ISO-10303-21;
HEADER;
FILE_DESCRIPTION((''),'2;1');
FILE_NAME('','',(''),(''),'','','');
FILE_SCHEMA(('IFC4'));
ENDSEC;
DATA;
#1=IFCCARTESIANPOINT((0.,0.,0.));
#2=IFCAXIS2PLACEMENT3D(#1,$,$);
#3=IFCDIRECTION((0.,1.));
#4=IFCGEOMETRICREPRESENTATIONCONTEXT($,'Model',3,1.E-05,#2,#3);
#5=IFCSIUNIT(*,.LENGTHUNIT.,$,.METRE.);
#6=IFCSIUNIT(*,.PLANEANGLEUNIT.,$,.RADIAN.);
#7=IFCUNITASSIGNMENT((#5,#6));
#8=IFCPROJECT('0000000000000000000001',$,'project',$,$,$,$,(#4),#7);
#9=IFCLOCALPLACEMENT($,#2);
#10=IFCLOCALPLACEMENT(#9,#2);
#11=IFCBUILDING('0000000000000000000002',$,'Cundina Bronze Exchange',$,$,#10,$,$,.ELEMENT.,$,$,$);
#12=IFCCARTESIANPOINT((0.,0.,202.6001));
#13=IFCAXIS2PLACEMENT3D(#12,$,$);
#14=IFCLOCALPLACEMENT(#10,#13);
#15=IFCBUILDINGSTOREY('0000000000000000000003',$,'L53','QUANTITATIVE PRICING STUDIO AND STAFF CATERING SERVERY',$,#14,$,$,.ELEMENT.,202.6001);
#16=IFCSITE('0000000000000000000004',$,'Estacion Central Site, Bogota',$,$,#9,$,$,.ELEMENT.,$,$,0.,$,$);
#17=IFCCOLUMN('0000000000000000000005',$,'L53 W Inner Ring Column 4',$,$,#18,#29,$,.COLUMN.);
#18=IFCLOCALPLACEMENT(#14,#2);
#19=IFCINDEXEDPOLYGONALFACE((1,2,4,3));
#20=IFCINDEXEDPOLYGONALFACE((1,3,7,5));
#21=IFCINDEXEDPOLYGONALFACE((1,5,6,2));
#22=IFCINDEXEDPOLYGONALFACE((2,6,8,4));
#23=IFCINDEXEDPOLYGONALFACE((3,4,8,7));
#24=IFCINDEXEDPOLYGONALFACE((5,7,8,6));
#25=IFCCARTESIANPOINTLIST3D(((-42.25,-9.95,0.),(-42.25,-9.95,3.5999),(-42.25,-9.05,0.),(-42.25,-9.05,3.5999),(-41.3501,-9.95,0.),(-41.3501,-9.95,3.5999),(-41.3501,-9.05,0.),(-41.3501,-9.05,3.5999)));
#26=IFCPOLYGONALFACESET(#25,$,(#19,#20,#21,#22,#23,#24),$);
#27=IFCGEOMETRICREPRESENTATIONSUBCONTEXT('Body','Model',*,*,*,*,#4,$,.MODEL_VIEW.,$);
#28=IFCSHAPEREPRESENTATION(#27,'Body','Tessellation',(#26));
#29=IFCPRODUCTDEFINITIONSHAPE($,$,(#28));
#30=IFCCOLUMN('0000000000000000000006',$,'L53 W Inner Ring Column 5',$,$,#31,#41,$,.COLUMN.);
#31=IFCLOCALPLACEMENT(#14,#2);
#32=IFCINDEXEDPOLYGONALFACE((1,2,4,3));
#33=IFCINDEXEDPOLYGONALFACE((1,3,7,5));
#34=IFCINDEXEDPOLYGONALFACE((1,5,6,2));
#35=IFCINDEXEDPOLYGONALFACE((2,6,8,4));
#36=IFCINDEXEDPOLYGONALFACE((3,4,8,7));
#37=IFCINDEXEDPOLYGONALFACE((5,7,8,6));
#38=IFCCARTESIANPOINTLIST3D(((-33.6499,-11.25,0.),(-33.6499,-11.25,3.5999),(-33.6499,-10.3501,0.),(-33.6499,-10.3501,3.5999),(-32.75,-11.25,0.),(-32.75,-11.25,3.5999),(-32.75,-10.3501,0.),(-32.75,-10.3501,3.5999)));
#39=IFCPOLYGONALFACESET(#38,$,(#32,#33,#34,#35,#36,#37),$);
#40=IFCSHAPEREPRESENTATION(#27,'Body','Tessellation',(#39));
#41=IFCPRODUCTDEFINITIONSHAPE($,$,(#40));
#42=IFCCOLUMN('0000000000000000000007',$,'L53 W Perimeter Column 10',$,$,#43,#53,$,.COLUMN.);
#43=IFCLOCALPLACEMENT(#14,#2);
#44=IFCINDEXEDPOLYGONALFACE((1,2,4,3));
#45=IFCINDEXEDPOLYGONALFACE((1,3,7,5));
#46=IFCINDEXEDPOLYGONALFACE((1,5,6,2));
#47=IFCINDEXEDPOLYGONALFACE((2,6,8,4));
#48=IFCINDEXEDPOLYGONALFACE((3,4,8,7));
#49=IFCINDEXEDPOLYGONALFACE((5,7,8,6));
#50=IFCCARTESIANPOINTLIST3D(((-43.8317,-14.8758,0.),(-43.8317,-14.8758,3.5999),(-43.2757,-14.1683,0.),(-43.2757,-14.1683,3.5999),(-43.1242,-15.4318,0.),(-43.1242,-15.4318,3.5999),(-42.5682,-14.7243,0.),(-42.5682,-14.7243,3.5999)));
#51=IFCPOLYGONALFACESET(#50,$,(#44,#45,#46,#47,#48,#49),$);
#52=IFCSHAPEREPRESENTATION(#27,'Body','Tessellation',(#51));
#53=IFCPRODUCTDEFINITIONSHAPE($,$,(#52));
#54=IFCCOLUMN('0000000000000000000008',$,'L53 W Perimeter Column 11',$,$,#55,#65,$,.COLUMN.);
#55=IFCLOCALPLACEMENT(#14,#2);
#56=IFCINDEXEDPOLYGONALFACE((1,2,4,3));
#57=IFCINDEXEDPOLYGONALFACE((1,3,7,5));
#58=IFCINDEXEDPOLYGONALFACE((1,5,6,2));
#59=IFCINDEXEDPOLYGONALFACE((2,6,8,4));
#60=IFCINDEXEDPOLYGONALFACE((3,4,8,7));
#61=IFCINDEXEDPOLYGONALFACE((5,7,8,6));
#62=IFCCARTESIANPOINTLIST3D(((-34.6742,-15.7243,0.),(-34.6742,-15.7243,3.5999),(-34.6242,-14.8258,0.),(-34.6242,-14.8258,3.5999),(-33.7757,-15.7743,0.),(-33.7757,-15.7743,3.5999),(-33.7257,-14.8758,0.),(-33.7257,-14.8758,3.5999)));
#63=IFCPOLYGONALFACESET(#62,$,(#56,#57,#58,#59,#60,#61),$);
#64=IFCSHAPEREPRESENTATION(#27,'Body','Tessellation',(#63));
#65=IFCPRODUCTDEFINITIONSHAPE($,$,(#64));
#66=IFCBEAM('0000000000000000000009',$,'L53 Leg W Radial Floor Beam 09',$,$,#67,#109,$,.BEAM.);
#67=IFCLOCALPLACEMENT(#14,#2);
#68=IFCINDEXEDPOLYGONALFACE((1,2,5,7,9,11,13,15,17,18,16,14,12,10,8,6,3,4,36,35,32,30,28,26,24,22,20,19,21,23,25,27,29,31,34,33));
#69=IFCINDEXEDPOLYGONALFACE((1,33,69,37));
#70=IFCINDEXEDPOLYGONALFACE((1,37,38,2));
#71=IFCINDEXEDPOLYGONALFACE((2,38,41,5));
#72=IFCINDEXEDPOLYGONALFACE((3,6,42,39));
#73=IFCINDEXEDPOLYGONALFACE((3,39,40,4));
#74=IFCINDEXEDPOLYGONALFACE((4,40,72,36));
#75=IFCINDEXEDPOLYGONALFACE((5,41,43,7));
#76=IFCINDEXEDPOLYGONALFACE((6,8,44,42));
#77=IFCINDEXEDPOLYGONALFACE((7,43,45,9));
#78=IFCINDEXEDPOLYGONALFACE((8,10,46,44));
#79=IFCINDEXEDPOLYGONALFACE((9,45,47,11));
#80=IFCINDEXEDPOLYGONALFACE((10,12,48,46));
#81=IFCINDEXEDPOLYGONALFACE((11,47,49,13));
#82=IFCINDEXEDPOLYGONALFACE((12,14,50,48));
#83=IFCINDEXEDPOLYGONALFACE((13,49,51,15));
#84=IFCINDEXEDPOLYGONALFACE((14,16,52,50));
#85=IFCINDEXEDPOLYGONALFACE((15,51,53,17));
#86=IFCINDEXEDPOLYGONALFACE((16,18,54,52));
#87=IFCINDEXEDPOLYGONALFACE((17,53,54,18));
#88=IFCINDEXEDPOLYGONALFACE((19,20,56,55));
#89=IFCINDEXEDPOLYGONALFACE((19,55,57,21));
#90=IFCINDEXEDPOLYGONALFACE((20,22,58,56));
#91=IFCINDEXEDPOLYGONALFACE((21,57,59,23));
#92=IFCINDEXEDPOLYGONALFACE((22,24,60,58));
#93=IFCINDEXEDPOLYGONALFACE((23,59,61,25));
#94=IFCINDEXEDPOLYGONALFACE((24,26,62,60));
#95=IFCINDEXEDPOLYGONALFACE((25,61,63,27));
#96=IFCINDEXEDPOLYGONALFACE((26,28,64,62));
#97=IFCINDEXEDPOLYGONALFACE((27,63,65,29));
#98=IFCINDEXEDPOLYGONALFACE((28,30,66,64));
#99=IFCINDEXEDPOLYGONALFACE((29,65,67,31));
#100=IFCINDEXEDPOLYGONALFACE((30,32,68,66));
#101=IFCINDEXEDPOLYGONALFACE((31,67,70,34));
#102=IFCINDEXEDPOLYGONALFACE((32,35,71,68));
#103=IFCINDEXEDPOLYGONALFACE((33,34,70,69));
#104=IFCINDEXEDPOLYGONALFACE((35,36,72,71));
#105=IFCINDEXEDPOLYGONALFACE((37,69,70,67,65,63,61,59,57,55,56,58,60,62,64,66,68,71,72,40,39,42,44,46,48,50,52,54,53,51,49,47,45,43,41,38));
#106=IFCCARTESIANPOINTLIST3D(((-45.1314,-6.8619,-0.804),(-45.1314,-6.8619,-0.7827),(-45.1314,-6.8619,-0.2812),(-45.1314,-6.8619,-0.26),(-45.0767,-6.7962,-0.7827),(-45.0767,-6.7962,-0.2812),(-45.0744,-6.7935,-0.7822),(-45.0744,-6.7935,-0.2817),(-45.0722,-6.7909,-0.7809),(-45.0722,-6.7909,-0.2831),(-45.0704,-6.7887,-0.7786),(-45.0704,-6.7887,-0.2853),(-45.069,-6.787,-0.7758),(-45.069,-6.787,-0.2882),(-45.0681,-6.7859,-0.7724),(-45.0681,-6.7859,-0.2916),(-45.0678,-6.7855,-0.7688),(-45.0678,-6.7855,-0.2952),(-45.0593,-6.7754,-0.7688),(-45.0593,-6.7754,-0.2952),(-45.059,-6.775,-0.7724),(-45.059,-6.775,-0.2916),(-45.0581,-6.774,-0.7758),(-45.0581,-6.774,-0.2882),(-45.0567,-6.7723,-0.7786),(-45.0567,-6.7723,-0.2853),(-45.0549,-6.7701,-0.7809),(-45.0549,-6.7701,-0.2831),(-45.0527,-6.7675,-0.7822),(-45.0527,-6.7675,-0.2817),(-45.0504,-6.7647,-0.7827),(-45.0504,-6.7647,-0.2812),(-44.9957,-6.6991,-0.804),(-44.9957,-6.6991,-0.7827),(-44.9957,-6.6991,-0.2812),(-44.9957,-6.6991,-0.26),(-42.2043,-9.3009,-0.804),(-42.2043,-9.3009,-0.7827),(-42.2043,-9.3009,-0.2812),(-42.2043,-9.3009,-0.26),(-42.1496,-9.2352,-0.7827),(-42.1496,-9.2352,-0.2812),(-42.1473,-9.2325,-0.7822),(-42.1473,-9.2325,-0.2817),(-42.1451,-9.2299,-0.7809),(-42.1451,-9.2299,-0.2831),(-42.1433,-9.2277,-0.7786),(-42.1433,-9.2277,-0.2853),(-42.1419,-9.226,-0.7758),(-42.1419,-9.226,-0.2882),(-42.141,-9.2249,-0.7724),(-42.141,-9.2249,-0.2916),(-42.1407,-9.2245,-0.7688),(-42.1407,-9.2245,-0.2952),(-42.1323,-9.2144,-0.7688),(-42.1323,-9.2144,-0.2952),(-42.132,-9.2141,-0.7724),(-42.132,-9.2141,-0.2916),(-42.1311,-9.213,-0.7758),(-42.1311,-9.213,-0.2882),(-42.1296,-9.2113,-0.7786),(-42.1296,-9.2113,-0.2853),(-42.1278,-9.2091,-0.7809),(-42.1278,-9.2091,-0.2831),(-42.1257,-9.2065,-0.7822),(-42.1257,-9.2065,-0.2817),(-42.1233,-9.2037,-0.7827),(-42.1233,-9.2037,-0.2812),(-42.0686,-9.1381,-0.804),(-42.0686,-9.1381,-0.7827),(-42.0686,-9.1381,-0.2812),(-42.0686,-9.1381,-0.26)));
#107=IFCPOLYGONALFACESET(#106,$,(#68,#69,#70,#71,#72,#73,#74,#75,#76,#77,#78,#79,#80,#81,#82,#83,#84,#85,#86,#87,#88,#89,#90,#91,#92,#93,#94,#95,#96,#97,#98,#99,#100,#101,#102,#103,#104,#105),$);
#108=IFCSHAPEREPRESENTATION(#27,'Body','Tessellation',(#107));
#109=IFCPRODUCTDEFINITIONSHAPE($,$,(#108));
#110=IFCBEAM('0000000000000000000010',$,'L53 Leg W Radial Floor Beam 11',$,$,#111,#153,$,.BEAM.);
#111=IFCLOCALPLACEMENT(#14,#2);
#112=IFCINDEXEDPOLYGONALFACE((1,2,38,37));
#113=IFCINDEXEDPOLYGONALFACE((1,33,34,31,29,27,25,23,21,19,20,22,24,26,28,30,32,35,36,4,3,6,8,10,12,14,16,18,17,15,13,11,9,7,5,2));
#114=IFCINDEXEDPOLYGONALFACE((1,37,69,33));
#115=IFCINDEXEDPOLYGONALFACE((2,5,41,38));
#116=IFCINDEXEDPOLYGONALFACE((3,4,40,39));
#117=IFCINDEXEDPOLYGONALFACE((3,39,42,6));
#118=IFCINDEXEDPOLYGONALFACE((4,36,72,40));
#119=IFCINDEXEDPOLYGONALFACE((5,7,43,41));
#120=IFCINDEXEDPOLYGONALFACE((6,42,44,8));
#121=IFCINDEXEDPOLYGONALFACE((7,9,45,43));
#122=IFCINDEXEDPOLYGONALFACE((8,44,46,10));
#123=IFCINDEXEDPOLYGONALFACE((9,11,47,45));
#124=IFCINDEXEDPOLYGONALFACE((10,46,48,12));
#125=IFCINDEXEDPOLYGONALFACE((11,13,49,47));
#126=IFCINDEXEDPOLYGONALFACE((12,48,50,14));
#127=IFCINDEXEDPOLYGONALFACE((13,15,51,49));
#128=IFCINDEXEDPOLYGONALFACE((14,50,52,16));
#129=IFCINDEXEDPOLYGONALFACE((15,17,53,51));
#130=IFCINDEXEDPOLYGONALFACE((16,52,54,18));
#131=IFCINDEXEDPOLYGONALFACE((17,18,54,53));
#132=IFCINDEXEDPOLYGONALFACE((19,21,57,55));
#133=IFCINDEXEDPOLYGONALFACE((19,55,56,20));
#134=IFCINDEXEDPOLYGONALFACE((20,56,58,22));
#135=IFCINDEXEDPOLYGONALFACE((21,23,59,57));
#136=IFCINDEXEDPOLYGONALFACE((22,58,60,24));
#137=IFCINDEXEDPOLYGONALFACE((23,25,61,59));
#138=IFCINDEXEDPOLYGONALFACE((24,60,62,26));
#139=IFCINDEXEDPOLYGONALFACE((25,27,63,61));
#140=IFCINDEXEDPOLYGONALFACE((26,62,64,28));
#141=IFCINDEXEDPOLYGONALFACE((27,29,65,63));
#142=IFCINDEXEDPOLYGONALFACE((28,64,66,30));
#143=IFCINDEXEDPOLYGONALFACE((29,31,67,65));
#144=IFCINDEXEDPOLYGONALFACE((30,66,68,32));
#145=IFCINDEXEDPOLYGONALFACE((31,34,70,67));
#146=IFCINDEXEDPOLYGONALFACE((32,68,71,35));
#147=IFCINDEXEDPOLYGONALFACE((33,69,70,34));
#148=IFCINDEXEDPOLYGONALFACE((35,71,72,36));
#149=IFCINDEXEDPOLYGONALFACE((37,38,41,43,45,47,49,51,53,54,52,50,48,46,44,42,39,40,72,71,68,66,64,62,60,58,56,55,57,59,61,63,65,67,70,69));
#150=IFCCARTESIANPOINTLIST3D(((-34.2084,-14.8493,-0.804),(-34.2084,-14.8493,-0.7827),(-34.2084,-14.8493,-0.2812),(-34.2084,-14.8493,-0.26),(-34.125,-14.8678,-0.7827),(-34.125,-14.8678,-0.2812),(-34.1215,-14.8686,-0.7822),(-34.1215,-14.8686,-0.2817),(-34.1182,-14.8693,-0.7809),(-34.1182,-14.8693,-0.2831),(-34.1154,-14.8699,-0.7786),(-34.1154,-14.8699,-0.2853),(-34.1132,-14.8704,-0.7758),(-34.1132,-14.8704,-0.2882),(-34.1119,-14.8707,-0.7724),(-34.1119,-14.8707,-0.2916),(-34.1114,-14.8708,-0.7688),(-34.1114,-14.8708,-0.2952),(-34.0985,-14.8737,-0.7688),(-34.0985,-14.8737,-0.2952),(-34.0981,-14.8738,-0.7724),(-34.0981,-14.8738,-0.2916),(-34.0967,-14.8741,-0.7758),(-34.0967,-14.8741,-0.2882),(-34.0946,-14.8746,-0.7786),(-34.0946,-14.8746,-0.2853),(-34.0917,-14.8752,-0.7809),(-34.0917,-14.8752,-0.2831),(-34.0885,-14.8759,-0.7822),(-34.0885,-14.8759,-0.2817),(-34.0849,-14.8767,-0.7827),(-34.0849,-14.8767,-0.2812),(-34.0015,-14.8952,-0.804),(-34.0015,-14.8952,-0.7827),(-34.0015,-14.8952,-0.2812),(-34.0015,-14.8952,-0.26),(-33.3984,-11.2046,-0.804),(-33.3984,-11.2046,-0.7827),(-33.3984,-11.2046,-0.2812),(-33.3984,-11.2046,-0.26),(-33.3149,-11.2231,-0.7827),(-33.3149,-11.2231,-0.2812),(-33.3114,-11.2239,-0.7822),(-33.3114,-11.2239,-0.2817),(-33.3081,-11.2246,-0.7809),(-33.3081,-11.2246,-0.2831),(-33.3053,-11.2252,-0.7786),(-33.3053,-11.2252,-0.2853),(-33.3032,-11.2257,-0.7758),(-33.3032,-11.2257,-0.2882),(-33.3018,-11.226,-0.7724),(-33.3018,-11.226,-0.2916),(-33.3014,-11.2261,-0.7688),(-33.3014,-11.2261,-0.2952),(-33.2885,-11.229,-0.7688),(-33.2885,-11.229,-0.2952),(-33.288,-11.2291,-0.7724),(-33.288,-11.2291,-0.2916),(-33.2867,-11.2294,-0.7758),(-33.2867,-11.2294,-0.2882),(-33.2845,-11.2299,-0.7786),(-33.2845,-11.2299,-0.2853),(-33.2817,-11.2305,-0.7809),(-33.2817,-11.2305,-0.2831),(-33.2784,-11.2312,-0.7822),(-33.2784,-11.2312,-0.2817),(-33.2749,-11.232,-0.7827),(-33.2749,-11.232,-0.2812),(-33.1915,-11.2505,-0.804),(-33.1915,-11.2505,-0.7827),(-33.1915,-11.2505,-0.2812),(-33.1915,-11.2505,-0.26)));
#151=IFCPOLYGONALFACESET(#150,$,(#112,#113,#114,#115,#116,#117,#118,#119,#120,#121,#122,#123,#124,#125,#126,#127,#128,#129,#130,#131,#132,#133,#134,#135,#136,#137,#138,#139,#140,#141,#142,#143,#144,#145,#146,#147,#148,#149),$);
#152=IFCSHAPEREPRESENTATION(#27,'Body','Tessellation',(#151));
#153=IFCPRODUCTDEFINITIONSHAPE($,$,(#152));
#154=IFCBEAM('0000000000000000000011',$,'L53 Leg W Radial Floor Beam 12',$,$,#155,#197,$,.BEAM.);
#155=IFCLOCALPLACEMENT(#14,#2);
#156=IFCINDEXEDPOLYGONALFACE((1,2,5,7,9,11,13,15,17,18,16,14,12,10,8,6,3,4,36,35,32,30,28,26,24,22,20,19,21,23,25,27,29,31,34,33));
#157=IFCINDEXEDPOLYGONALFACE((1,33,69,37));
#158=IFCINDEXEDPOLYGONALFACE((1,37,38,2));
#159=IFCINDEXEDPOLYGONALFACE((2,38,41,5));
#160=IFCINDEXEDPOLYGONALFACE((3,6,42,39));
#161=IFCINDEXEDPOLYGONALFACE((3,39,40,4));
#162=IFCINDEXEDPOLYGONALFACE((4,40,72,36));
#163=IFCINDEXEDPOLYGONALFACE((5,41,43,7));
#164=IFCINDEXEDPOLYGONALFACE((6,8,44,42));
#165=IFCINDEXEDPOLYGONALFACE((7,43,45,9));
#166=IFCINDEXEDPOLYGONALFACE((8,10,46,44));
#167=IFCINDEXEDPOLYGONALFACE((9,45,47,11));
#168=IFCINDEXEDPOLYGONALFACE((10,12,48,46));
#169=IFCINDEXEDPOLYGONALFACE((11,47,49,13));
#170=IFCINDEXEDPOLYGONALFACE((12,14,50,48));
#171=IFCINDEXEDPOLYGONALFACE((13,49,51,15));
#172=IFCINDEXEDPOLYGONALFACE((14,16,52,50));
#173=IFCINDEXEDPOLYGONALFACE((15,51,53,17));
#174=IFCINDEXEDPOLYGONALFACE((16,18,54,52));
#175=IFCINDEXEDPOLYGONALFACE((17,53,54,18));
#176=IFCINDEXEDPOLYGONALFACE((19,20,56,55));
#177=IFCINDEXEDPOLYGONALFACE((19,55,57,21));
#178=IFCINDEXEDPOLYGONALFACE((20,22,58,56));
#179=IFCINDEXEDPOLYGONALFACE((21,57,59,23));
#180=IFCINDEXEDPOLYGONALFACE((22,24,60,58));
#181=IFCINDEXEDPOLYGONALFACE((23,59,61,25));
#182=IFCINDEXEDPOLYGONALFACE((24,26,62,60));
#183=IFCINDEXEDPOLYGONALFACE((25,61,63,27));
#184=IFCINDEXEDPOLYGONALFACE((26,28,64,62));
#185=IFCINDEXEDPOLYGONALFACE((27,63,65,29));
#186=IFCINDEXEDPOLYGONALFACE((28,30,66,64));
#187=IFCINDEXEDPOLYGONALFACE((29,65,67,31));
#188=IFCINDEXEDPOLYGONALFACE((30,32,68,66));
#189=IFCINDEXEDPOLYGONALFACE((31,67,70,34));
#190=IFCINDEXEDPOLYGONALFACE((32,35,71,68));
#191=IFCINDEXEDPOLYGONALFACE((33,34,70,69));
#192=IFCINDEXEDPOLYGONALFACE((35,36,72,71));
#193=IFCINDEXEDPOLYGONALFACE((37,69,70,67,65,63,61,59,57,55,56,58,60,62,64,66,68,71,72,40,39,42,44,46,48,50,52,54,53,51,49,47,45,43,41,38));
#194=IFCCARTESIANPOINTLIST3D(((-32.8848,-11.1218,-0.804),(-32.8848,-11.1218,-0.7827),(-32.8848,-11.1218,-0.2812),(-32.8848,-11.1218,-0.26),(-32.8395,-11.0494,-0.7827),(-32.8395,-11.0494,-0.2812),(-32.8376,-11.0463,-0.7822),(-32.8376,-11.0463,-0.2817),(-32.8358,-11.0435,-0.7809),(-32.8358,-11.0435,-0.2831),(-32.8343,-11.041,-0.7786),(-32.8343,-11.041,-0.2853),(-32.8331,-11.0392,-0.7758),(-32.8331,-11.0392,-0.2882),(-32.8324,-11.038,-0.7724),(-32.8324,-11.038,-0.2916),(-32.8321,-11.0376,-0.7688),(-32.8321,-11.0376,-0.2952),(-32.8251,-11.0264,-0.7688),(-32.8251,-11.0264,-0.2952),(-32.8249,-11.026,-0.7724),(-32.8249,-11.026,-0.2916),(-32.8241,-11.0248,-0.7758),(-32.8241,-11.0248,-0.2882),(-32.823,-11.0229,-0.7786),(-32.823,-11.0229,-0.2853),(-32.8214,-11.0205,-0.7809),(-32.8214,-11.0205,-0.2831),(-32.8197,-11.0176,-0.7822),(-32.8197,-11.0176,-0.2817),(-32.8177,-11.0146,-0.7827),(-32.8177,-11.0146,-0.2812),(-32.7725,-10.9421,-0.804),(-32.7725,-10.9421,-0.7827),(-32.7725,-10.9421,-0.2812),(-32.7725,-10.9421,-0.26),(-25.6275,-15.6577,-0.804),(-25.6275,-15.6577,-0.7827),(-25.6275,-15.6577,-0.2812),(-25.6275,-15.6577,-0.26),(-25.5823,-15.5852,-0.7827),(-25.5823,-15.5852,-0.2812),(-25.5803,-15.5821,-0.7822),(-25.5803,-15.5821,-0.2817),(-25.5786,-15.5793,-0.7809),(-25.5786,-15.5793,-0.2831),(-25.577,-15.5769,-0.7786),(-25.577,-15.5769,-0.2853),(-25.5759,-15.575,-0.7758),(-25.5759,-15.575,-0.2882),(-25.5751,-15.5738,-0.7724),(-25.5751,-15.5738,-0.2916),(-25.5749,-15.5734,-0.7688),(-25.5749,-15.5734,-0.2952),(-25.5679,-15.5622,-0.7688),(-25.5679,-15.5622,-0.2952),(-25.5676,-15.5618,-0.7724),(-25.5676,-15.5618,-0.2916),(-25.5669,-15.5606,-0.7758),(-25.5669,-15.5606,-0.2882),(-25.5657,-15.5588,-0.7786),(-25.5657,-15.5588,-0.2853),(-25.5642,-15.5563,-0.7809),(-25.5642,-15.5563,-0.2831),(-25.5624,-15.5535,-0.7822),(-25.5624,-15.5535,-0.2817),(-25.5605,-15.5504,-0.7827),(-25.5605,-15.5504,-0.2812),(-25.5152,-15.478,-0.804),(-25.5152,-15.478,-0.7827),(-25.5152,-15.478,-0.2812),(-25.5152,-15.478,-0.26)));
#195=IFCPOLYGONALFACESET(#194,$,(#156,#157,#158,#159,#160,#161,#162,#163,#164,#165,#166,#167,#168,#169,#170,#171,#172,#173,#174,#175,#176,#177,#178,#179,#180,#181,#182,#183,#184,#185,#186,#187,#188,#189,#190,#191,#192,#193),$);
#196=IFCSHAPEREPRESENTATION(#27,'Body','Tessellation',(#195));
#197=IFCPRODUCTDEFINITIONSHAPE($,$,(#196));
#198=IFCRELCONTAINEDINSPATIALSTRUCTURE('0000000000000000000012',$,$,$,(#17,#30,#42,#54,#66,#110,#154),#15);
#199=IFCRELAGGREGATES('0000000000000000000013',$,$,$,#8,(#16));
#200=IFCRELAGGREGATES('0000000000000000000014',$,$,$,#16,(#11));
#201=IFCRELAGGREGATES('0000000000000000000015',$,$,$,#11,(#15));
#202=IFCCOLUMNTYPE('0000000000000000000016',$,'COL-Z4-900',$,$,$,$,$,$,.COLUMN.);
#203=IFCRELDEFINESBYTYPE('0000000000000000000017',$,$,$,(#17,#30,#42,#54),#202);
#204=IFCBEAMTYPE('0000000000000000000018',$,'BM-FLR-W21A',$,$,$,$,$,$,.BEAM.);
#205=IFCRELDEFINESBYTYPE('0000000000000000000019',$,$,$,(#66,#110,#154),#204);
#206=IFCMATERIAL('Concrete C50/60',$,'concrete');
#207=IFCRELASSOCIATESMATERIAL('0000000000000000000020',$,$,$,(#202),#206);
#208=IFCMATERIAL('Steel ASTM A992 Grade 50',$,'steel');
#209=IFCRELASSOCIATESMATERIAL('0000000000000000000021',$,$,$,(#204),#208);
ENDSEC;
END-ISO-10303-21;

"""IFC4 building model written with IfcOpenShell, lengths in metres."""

from ifc_helpers import new_model, si_unit, direction, frame, origin, origin_2d, place, context, subcontext, project, spatial, rectangle, i_section, extrude, material, material_profile, profile_set, type_object, element, save


model = new_model("IFC4")

# Units and contexts
model_context = context("Model", 3, precision=1e-05, world=origin(), true_north=direction((0.0, 1.0)))
body_context = subcontext(model_context, "Body", "Model", "MODEL_VIEW")
ifc_project = project(units=[si_unit("LENGTHUNIT", "METRE"), si_unit("PLANEANGLEUNIT", "RADIAN")], contexts=[model_context])

# Site, building, storey
site_placement = place(None, origin())
site = spatial("IfcSite", under=ifc_project, at=site_placement, Name="Estacion Central Site, Bogota", CompositionType="ELEMENT", RefElevation=0.0)
building_placement = place(site_placement, origin())
building = spatial("IfcBuilding", under=site, at=building_placement, Name="Cundina Bronze Exchange", CompositionType="ELEMENT")
storey_placement = place(building_placement, frame((0.0, 0.0, 202.6001)))
storey = spatial("IfcBuildingStorey", under=building, at=storey_placement, Name="L53", Description="QUANTITATIVE PRICING STUDIO AND STAFF CATERING SERVERY", CompositionType="ELEMENT", Elevation=202.6001)

# Columns
ifc_material_1 = material(Name="Concrete C50/60", Category="concrete")
ifc_material_profile_1 = material_profile(ifc_material_1, rectangle(XDim=0.8999, YDim=0.8999, at=origin_2d()), Name="RC900X900", Category="concrete")
ifc_profile_set_1 = profile_set([ifc_material_profile_1], Name="Concrete C50/60")
column_type = type_object("IfcColumnType", Name="COL-Z4-900", PredefinedType="COLUMN", material=ifc_profile_set_1)
for number, where, z_axis, x_axis, name in (
    (1, (-41.8, -9.5, 0.0), (0.0, 0.0, 1.0), (1.0, 0.0, 0.0), "L53 W Inner Ring Column 4"),
    (2, (-33.2, -10.8, 0.0), (0.0, 0.0, 1.0), (1.0, 0.0, 0.0), "L53 W Inner Ring Column 5"),
    (3, (-43.2, -14.8, 0.0), (0.0, 0.0, 1.0), (0.786288, -0.61786, 0.0), "L53 W Perimeter Column 10"),
    (4, (-34.2, -15.3, 0.0), (0.0, 0.0, 1.0), (0.99846, -0.055473, 0.0), "L53 W Perimeter Column 11"),
):
    element("IfcColumn", number, at=place(storey_placement, frame(where, z_axis=z_axis, x_axis=x_axis)), inside=storey, type_object=column_type, Name=name, PredefinedType="COLUMN", context=body_context, shape_type="SweptSolid", body=[
        extrude(rectangle(XDim=0.8999, YDim=0.8999, at=origin_2d()), origin(), (0.0, 0.0, 1.0), 3.5999),
    ])

# Beams
ifc_material_2 = material(Name="Steel ASTM A992 Grade 50", Category="steel")
ifc_material_profile_2 = material_profile(ifc_material_2, i_section(OverallWidth=0.2119, OverallDepth=0.5439, WebThickness=0.0132, FlangeThickness=0.0212, FilletRadius=0.0139, at=origin_2d()), Name="W21X83", Category="steel")
ifc_profile_set_2 = profile_set([ifc_material_profile_2], Name="Steel ASTM A992 Grade 50")
beam_type_1 = type_object("IfcBeamType", Name="BM-FLR-W21A", PredefinedType="BEAM", material=ifc_profile_set_2)
beam_1_placement = place(storey_placement, frame((-42.1365, -9.2195, -0.532), z_axis=(-0.768248, 0.640153, 0.0), x_axis=(-0.640153, -0.768248, 0.0)))
element("IfcBeam", 5, at=beam_1_placement, inside=storey, type_object=beam_type_1, Name="L53 Leg W Radial Floor Beam 09", PredefinedType="BEAM", context=body_context, shape_type="SweptSolid", body=[
    extrude(i_section(OverallWidth=0.2119, OverallDepth=0.5439, WebThickness=0.0132, FlangeThickness=0.0212, FilletRadius=0.0139, at=origin_2d()), origin(), (0.0, 0.0, 1.0), 3.8101),
])
beam_2_placement = place(storey_placement, frame((-33.2949, -11.2275, -0.532), z_axis=(-0.216958, -0.976181, 0.0), x_axis=(0.976181, -0.216958, 0.0)))
element("IfcBeam", 6, at=beam_2_placement, inside=storey, type_object=beam_type_1, Name="L53 Leg W Radial Floor Beam 11", PredefinedType="BEAM", context=body_context, shape_type="SweptSolid", body=[
    extrude(i_section(OverallWidth=0.2119, OverallDepth=0.5439, WebThickness=0.0132, FlangeThickness=0.0212, FilletRadius=0.0139, at=origin_2d()), origin(), (0.0, 0.0, 1.0), 3.7336),
])
beam_3_placement = place(storey_placement, frame((-32.8286, -11.032, -0.532), z_axis=(0.847995, -0.530004, 0.0), x_axis=(0.530004, 0.847995, 0.0)))
element("IfcBeam", 7, at=beam_3_placement, inside=storey, type_object=beam_type_1, Name="L53 Leg W Radial Floor Beam 12", PredefinedType="BEAM", context=body_context, shape_type="SweptSolid", body=[
    extrude(i_section(OverallWidth=0.2119, OverallDepth=0.5439, WebThickness=0.0132, FlangeThickness=0.0212, FilletRadius=0.0139, at=origin_2d()), origin(), (0.0, 0.0, 1.0), 8.5581),
])

save(model, "model.ifc")
